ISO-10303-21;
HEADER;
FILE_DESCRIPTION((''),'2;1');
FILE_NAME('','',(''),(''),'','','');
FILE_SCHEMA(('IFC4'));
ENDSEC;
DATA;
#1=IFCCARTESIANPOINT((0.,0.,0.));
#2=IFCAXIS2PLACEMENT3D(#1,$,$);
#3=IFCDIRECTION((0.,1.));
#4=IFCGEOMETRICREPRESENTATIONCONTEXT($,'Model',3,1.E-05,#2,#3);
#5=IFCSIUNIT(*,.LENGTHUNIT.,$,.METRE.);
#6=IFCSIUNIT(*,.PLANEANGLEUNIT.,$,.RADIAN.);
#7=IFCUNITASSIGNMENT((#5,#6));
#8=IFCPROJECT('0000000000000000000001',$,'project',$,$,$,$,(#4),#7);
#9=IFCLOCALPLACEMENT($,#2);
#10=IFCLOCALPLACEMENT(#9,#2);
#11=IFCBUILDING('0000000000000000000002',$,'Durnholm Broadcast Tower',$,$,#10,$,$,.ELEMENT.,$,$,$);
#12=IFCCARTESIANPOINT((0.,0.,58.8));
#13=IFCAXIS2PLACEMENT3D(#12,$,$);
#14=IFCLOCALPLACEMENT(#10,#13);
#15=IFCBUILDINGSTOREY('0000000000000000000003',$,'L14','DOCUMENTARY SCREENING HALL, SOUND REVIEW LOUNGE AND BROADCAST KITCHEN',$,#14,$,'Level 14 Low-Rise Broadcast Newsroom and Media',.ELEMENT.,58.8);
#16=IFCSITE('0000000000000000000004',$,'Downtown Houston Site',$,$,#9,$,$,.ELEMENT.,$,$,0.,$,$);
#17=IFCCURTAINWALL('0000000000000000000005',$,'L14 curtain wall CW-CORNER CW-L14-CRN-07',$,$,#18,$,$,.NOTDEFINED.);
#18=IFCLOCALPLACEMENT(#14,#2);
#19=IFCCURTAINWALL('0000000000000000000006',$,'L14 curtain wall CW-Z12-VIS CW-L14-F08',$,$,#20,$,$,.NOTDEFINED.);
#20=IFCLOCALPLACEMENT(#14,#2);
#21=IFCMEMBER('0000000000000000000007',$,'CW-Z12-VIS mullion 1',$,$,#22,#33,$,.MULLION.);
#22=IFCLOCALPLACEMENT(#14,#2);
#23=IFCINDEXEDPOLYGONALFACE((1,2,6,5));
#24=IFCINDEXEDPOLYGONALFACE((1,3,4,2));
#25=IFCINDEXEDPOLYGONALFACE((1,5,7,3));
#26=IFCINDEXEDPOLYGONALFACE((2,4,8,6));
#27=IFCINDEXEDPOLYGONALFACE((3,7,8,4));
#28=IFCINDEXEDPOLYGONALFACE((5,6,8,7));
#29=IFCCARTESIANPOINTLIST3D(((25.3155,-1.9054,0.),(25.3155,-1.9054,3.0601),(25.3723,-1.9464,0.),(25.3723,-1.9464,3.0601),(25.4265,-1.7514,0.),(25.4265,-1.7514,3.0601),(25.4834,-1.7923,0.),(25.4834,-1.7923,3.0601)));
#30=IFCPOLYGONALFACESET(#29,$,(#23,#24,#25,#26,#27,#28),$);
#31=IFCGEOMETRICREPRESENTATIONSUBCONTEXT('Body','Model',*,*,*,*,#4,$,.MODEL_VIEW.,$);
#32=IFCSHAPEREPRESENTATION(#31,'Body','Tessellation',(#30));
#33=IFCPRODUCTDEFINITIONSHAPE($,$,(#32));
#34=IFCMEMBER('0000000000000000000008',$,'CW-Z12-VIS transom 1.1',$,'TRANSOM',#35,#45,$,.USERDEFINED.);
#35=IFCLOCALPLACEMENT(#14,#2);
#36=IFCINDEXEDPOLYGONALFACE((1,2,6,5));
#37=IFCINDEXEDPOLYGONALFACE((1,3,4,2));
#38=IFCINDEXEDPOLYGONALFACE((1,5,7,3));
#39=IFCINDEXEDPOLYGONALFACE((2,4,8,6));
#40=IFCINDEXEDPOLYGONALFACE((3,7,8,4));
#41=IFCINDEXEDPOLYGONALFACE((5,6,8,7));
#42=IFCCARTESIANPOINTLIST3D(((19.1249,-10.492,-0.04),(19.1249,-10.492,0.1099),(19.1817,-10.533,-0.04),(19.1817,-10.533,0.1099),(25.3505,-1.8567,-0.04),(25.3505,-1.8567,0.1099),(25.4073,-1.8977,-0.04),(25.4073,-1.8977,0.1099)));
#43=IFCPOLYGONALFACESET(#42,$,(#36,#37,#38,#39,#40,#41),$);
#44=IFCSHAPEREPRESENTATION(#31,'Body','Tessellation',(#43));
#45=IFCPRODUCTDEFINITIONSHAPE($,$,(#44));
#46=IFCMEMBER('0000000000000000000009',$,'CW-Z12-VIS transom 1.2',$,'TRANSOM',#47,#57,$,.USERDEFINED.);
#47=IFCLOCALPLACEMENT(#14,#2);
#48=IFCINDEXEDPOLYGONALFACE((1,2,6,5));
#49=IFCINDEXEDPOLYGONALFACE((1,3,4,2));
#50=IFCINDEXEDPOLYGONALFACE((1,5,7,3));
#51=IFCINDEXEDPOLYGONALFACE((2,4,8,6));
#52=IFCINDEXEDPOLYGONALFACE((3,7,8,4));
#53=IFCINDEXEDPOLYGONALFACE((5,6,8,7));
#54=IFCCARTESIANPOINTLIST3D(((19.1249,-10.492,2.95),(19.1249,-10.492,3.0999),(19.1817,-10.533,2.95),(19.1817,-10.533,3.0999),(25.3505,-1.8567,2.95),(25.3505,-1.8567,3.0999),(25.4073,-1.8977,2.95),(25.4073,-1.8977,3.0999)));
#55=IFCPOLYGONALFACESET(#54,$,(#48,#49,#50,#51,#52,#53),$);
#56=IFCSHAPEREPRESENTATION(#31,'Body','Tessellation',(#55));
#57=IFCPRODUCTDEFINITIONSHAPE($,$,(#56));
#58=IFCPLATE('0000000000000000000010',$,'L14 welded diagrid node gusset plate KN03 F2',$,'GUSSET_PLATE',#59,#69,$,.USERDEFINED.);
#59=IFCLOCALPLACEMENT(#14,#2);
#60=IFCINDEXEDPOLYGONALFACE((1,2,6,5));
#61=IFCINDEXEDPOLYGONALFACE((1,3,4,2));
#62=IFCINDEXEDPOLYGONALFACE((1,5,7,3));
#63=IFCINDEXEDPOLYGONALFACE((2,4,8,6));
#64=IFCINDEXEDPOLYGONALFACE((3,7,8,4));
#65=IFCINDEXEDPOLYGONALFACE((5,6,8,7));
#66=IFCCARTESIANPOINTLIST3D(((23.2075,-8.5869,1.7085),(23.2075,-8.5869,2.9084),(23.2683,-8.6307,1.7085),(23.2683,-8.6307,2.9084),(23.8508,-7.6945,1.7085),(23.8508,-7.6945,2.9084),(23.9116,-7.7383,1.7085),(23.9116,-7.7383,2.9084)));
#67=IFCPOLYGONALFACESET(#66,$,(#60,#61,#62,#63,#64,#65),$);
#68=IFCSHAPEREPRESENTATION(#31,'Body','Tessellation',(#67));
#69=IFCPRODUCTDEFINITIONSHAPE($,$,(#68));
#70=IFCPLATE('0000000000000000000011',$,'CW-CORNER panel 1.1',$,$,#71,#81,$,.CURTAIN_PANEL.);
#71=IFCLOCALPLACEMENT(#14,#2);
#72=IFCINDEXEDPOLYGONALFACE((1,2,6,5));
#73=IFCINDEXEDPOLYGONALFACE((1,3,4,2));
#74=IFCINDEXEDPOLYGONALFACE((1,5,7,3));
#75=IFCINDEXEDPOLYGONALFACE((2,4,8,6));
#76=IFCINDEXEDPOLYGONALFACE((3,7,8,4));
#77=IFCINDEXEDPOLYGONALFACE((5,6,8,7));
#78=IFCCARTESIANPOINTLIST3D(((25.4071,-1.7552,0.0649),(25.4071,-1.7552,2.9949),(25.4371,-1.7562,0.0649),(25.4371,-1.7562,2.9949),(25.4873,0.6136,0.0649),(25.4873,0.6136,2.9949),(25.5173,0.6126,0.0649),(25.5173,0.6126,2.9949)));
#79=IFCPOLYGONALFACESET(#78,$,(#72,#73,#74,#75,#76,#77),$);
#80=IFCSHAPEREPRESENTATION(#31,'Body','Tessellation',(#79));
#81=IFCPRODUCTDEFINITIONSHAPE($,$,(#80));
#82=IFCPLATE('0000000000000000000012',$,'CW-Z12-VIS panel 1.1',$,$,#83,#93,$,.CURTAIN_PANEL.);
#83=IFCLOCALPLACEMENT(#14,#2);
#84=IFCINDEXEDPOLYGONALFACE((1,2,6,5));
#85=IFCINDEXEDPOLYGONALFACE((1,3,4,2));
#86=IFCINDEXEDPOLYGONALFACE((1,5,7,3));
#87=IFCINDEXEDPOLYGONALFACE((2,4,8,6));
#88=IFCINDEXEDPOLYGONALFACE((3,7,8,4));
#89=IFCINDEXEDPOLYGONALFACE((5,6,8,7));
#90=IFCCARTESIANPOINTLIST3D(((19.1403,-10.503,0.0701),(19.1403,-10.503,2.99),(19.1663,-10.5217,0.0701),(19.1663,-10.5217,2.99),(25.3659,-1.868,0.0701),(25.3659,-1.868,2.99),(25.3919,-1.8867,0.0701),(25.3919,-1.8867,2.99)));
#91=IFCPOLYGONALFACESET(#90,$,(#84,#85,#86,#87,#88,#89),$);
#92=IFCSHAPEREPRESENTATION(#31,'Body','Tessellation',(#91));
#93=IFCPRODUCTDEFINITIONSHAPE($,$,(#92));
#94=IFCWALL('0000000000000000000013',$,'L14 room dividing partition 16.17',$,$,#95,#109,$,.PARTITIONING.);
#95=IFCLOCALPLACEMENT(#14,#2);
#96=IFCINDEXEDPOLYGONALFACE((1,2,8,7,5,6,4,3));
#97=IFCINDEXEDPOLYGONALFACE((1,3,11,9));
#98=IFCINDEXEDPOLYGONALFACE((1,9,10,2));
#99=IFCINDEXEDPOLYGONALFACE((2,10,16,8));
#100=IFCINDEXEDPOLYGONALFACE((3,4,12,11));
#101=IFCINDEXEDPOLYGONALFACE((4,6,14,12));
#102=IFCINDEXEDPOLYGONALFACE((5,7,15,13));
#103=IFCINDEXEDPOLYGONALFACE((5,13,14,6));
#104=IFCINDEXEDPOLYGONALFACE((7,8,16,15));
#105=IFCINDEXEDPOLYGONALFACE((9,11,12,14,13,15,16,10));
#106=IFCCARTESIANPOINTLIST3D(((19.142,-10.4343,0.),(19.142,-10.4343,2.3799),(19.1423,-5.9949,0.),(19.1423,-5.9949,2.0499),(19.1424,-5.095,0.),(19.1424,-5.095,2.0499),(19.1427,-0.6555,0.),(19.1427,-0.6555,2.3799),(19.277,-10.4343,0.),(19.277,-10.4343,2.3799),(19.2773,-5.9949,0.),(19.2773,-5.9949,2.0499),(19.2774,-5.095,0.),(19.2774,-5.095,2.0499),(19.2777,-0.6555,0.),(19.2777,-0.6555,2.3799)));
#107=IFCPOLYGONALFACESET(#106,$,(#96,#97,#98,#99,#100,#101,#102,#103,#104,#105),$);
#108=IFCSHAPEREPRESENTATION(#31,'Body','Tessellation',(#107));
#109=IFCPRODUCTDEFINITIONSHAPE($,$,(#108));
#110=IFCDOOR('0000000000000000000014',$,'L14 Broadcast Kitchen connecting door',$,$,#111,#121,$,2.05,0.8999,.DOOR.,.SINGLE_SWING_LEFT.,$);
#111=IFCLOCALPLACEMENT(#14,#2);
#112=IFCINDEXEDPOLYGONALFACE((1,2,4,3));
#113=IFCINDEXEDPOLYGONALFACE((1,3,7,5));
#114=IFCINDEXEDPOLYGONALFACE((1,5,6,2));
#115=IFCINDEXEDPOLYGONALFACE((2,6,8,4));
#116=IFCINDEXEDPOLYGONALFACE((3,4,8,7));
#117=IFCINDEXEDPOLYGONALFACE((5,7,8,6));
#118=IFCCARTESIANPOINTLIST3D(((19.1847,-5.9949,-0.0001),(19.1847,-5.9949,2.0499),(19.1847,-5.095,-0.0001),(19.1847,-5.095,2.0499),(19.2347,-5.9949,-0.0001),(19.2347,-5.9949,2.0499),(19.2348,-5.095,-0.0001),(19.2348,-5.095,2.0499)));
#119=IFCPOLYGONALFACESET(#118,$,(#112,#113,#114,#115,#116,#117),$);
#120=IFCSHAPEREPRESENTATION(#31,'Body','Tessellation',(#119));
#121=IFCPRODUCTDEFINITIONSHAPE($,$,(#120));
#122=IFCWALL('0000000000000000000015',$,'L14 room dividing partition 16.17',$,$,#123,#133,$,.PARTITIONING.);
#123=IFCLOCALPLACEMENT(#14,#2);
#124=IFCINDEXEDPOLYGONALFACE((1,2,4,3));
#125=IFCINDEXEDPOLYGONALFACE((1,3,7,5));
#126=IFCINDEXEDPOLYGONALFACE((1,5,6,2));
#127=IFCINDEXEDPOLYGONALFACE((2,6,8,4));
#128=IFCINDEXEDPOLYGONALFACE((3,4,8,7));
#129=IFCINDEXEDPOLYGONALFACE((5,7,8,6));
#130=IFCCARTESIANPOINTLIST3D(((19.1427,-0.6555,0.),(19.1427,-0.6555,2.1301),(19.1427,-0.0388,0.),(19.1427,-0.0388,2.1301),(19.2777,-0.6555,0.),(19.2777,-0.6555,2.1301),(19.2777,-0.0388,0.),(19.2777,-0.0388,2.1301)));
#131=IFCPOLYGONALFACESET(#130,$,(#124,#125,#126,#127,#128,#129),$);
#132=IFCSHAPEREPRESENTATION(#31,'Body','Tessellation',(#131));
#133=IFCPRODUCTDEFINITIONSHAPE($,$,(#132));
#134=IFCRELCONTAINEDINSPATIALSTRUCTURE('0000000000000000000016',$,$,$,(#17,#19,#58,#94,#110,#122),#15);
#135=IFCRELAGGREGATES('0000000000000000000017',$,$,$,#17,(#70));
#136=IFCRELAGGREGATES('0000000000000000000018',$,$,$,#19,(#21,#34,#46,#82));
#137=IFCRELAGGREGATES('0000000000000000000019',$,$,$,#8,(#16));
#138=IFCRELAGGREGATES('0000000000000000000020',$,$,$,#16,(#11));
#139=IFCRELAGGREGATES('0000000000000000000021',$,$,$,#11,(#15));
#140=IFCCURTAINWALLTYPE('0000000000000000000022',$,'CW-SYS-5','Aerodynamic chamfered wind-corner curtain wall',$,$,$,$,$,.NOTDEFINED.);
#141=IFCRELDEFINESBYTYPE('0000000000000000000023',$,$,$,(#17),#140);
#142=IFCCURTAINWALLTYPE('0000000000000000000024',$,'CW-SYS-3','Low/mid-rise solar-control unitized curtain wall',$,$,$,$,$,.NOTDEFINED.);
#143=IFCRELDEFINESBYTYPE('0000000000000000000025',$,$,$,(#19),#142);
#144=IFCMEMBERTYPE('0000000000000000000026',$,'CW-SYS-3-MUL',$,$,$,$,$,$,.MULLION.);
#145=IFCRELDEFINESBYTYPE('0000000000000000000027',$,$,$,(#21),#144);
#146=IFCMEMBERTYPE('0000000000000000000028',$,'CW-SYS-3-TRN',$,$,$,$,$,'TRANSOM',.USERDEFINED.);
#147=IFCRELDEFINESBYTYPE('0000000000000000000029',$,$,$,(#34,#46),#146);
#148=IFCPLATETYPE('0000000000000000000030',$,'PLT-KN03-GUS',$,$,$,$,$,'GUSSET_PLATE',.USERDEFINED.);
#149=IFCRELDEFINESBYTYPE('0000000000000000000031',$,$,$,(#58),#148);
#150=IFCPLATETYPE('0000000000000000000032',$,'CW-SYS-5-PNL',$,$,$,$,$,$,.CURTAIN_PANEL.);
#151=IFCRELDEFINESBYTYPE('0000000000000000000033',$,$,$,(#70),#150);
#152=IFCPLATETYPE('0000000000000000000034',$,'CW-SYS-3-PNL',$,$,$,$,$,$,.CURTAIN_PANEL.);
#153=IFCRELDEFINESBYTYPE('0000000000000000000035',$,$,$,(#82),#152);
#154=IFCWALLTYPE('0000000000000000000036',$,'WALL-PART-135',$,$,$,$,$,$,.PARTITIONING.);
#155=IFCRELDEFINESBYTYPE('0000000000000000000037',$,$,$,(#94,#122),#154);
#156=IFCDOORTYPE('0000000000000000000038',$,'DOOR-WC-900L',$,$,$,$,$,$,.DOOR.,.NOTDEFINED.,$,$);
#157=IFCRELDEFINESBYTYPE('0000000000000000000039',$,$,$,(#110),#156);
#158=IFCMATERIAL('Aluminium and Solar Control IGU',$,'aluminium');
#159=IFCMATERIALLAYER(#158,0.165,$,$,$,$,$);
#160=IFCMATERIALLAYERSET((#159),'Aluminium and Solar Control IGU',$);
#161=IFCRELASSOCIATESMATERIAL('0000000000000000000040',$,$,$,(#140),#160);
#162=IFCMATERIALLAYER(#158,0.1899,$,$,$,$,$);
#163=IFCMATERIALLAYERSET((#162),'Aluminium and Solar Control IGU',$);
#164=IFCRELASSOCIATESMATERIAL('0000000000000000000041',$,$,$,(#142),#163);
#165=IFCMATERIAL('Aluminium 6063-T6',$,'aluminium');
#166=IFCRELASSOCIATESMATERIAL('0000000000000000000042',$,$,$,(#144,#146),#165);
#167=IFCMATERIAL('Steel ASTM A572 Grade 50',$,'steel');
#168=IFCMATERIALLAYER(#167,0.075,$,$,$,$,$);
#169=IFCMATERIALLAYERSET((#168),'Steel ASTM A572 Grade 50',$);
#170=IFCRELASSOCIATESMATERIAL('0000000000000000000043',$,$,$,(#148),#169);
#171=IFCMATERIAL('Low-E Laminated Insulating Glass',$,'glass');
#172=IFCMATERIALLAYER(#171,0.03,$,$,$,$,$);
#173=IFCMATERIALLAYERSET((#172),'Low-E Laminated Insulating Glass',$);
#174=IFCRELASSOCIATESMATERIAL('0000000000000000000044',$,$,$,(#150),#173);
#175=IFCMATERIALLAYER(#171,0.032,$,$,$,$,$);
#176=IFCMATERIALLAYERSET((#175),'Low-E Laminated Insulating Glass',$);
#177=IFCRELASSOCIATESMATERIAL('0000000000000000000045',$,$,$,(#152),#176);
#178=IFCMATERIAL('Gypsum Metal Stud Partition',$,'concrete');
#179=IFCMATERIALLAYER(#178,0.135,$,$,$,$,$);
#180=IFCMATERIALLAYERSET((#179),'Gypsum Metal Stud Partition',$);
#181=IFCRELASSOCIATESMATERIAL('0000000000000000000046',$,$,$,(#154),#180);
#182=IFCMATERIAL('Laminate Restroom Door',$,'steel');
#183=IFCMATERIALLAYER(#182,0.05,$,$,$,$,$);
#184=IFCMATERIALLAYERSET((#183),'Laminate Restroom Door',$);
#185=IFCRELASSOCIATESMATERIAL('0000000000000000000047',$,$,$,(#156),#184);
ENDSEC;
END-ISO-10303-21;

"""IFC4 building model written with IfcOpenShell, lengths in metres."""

from ifc_helpers import new_model, si_unit, direction, frame, frame_2d, origin, origin_2d, place, context, subcontext, project, spatial, rectangle, extrude, source, transform, mapped, material, layer, layer_set, material_profile, profile_set, type_object, type_shapes, element, fill, aggregate, save


model = new_model("IFC4")

# Units and contexts
model_context = context("Model", 3, precision=1e-05, world=origin(), true_north=direction((0.0, 1.0)))
body_context = subcontext(model_context, "Body", "Model", "MODEL_VIEW")
ifc_project = project(units=[si_unit("LENGTHUNIT", "METRE"), si_unit("PLANEANGLEUNIT", "RADIAN")], contexts=[model_context])

# Site, building, storey
site_placement = place(None, origin())
site = spatial("IfcSite", under=ifc_project, at=site_placement, Name="Downtown Houston Site", CompositionType="ELEMENT", RefElevation=0.0)
building_placement = place(site_placement, origin())
building = spatial("IfcBuilding", under=site, at=building_placement, Name="Durnholm Broadcast Tower", CompositionType="ELEMENT")
storey_placement = place(building_placement, frame((0.0, 0.0, 58.8)))
storey = spatial("IfcBuildingStorey", under=building, at=storey_placement, Name="L14", Description="DOCUMENTARY SCREENING HALL, SOUND REVIEW LOUNGE AND BROADCAST KITCHEN", LongName="Level 14 Low-Rise Broadcast Newsroom and Media", CompositionType="ELEMENT", Elevation=58.8)

# Curtain wall
ifc_material_1 = material(Name="Aluminium and Solar Control IGU", Category="aluminium")
ifc_layer_1 = layer(ifc_material_1, 0.165)
ifc_layer_set_1 = layer_set([ifc_layer_1], Name="Aluminium and Solar Control IGU")
curtain_wall_type_1 = type_object("IfcCurtainWallType", Name="CW-SYS-5", Description="Aerodynamic chamfered wind-corner curtain wall", PredefinedType="NOTDEFINED", material=ifc_layer_set_1)
curtain_wall_1_placement = place(storey_placement, origin())
curtain_wall_1 = element("IfcCurtainWall", 1, at=curtain_wall_1_placement, inside=storey, type_object=curtain_wall_type_1, Name="L14 curtain wall CW-CORNER CW-L14-CRN-07", PredefinedType="NOTDEFINED")
ifc_material_2 = material(Name="Aluminium 6063-T6", Category="aluminium")

# Curtain wall, members
ifc_layer_2 = layer(ifc_material_1, 0.1899)
ifc_layer_set_2 = layer_set([ifc_layer_2], Name="Aluminium and Solar Control IGU")
curtain_wall_type_2 = type_object("IfcCurtainWallType", Name="CW-SYS-3", Description="Low/mid-rise solar-control unitized curtain wall", PredefinedType="NOTDEFINED", material=ifc_layer_set_2)
curtain_wall_2_placement = place(storey_placement, origin())
curtain_wall_2 = element("IfcCurtainWall", 2, at=curtain_wall_2_placement, inside=storey, type_object=curtain_wall_type_2, Name="L14 curtain wall CW-Z12-VIS CW-L14-F08", PredefinedType="NOTDEFINED")
ifc_material_profile_1 = material_profile(ifc_material_2, rectangle(XDim=0.0701, YDim=0.1899, at=origin_2d()), Name="CWM70X190")
ifc_profile_set_1 = profile_set([ifc_material_profile_1], Name="Aluminium 6063-T6")
member_type_1 = type_object("IfcMemberType", Name="CW-SYS-3-MUL", PredefinedType="MULLION", material=ifc_profile_set_1)
shared_shape_1 = source(origin(), body_context, "Body", "SweptSolid", [
    extrude(rectangle(XDim=0.0701, YDim=0.1899, at=origin_2d()), origin(), (0.0, 0.0, 1.0), 3.0601),
])
type_shapes(member_type_1, [shared_shape_1])
member_1_placement = place(storey_placement, frame((25.3994, -1.8489, 0.0), z_axis=(0.0, 0.0, 1.0), x_axis=(0.811161, -0.584823, 0.0)))
member_1 = element("IfcMember", 3, at=member_1_placement, type_object=member_type_1, Name="CW-Z12-VIS mullion 1", PredefinedType="MULLION", context=body_context, shape_type="MappedRepresentation", body=[
    mapped(shared_shape_1, transform((0.0, 0.0, 0.0), x_axis=(1.0, 0.0, 0.0), y_axis=(0.0, 1.0, 0.0), z_axis=(0.0, 0.0, 1.0), scale=1.0)),
])
ifc_material_profile_2 = material_profile(ifc_material_2, rectangle(XDim=0.0701, YDim=0.1499, at=origin_2d()), Name="CWT70X150")
ifc_profile_set_2 = profile_set([ifc_material_profile_2], Name="Aluminium 6063-T6")
member_type_2 = type_object("IfcMemberType", Name="CW-SYS-3-TRN", ElementType="TRANSOM", PredefinedType="USERDEFINED", material=ifc_profile_set_2)
shared_shape_2 = source(origin(), body_context, "Body", "SweptSolid", [
    extrude(rectangle(XDim=0.0701, YDim=0.1499, at=origin_2d()), origin(), (0.0, 0.0, 1.0), 10.6455),
])
type_shapes(member_type_2, [shared_shape_2])
member_2_placement = place(storey_placement, frame((25.3789, -1.8772, 0.0349), z_axis=(-0.584812, -0.811169, 0.0), x_axis=(0.811169, -0.584812, 0.0)))
member_2 = element("IfcMember", 4, at=member_2_placement, type_object=member_type_2, Name="CW-Z12-VIS transom 1.1", ObjectType="TRANSOM", PredefinedType="USERDEFINED", context=body_context, shape_type="MappedRepresentation", body=[
    mapped(shared_shape_2, transform((0.0, 0.0, 0.0), x_axis=(1.0, 0.0, 0.0), y_axis=(0.0, 1.0, 0.0), z_axis=(0.0, 0.0, 1.0), scale=1.0)),
])
member_3_placement = place(storey_placement, frame((25.3789, -1.8772, 3.0249), z_axis=(-0.584812, -0.811169, 0.0), x_axis=(0.811169, -0.584812, 0.0)))
member_3 = element("IfcMember", 5, at=member_3_placement, type_object=member_type_2, Name="CW-Z12-VIS transom 1.2", ObjectType="TRANSOM", PredefinedType="USERDEFINED", context=body_context, shape_type="MappedRepresentation", body=[
    mapped(shared_shape_2, transform((0.0, 0.0, 0.0), x_axis=(1.0, 0.0, 0.0), y_axis=(0.0, 1.0, 0.0), z_axis=(0.0, 0.0, 1.0), scale=1.0)),
])

# Plates
ifc_material_3 = material(Name="Steel ASTM A572 Grade 50", Category="steel")
ifc_layer_3 = layer(ifc_material_3, 0.075)
ifc_layer_set_3 = layer_set([ifc_layer_3], Name="Steel ASTM A572 Grade 50")
plate_type_1 = type_object("IfcPlateType", Name="PLT-KN03-GUS", ElementType="GUSSET_PLATE", PredefinedType="USERDEFINED", material=ifc_layer_set_3)
shared_shape_3 = source(origin(), body_context, "Body", "SweptSolid", [
    extrude(rectangle(XDim=1.1001, YDim=0.075, at=origin_2d()), origin(), (0.0, 0.0, 1.0), 1.2),
])
type_shapes(plate_type_1, [shared_shape_3])
plate_1_placement = place(storey_placement, frame((23.5596, -8.1626, 1.7085), z_axis=(0.0, 0.0, 1.0), x_axis=(0.584816, 0.811166, 0.0)))
element("IfcPlate", 6, at=plate_1_placement, inside=storey, type_object=plate_type_1, Name="L14 welded diagrid node gusset plate KN03 F2", ObjectType="GUSSET_PLATE", PredefinedType="USERDEFINED", context=body_context, shape_type="MappedRepresentation", body=[
    mapped(shared_shape_3, transform((0.0, 0.0, 0.0), x_axis=(1.0, 0.0, 0.0), y_axis=(0.0, 1.0, 0.0), z_axis=(0.0, 0.0, 1.0), scale=1.0)),
])
ifc_material_4 = material(Name="Low-E Laminated Insulating Glass", Category="glass")
ifc_layer_4 = layer(ifc_material_4, 0.03)
ifc_layer_set_4 = layer_set([ifc_layer_4], Name="Low-E Laminated Insulating Glass")
plate_type_2 = type_object("IfcPlateType", Name="CW-SYS-5-PNL", PredefinedType="CURTAIN_PANEL", material=ifc_layer_set_4)
shared_shape_4 = source(origin(), body_context, "Body", "SweptSolid", [
    extrude(rectangle(XDim=2.3701, YDim=0.03, at=origin_2d()), origin(), (0.0, 0.0, 1.0), 2.9299),
])
type_shapes(plate_type_2, [shared_shape_4])
plate_2_placement = place(storey_placement, frame((25.4622, -0.5713, 0.0649), z_axis=(0.0, 0.0, 1.0), x_axis=(-0.03384, -0.999427, 0.0)))
plate_2 = element("IfcPlate", 7, at=plate_2_placement, type_object=plate_type_2, Name="CW-CORNER panel 1.1", PredefinedType="CURTAIN_PANEL", context=body_context, shape_type="MappedRepresentation", body=[
    mapped(shared_shape_4, transform((0.0, 0.0, 0.0), x_axis=(1.0, 0.0, 0.0), y_axis=(0.0, 1.0, 0.0), z_axis=(0.0, 0.0, 1.0), scale=1.0)),
])
aggregate(curtain_wall_1, [plate_2])
ifc_layer_5 = layer(ifc_material_4, 0.032)
ifc_layer_set_5 = layer_set([ifc_layer_5], Name="Low-E Laminated Insulating Glass")
plate_type_3 = type_object("IfcPlateType", Name="CW-SYS-3-PNL", PredefinedType="CURTAIN_PANEL", material=ifc_layer_set_5)
shared_shape_5 = source(origin(), body_context, "Body", "SweptSolid", [
    extrude(rectangle(XDim=10.6453, YDim=0.032, at=origin_2d()), origin(), (0.0, 0.0, 1.0), 2.9199),
])
type_shapes(plate_type_3, [shared_shape_5])
plate_3_placement = place(storey_placement, frame((22.2661, -6.1948, 0.0701), z_axis=(0.0, 0.0, 1.0), x_axis=(-0.584823, -0.811161, 0.0)))
plate_3 = element("IfcPlate", 8, at=plate_3_placement, type_object=plate_type_3, Name="CW-Z12-VIS panel 1.1", PredefinedType="CURTAIN_PANEL", context=body_context, shape_type="MappedRepresentation", body=[
    mapped(shared_shape_5, transform((0.0, 0.0, 0.0), x_axis=(1.0, 0.0, 0.0), y_axis=(0.0, 1.0, 0.0), z_axis=(0.0, 0.0, 1.0), scale=1.0)),
])
aggregate(curtain_wall_2, [member_1, member_2, member_3, plate_3])

# Wall, opening, door
ifc_material_5 = material(Name="Gypsum Metal Stud Partition", Category="concrete")
ifc_layer_6 = layer(ifc_material_5, 0.135)
ifc_layer_set_6 = layer_set([ifc_layer_6], Name="Gypsum Metal Stud Partition")
wall_type_1 = type_object("IfcWallType", Name="WALL-PART-135", PredefinedType="PARTITIONING", material=ifc_layer_set_6)
wall_1_placement = place(storey_placement, frame((19.2102, -0.6555, 0.0), z_axis=(0.0, 0.0, 1.0), x_axis=(-0.000075, -1.0, 0.0)))
wall_1 = element("IfcWall", 9, at=wall_1_placement, inside=storey, type_object=wall_type_1, Name="L14 room dividing partition 16.17", PredefinedType="PARTITIONING", context=body_context, shape_type="SweptSolid", body=[
    extrude(rectangle(XDim=9.7788, YDim=0.135, at=frame_2d((4.8894, 0.0))), origin(), (0.0, 0.0, 1.0), 2.3799),
])
opening_1_placement = place(wall_1_placement, frame((4.4395, 0.0, 0.0)))
opening_1 = element("IfcOpeningElement", 10, at=opening_1_placement, cuts=wall_1, PredefinedType="OPENING", context=body_context, shape_type="SweptSolid", body=[
    extrude(rectangle(XDim=0.8999, YDim=2.05, at=frame_2d((0.45, 1.0249))), frame((0.0, 0.0776, 0.0), z_axis=(0.0, -1.0, 0.0), x_axis=(1.0, 0.0, 0.0)), (0.0, 0.0, 1.0), 0.155),
])
ifc_material_6 = material(Name="Laminate Restroom Door", Category="steel")
ifc_layer_7 = layer(ifc_material_6, 0.05)
ifc_layer_set_7 = layer_set([ifc_layer_7], Name="Laminate Restroom Door")
door_type_1 = type_object("IfcDoorType", Name="DOOR-WC-900L", OperationType="NOTDEFINED", PredefinedType="DOOR", material=ifc_layer_set_7)
shared_shape_6 = source(origin(), body_context, "Body", "SweptSolid", [
    extrude(rectangle(XDim=0.8999, YDim=2.05, at=frame_2d((0.45, 1.0249))), frame((0.0, 0.0249, 0.0), z_axis=(0.0, -1.0, 0.0), x_axis=(1.0, 0.0, 0.0)), (0.0, 0.0, 1.0), 0.05),
])
type_shapes(door_type_1, [shared_shape_6])
door_1_placement = place(opening_1_placement, origin())
door_1 = element("IfcDoor", 11, at=door_1_placement, inside=storey, type_object=door_type_1, Name="L14 Broadcast Kitchen connecting door", OperationType="SINGLE_SWING_LEFT", OverallHeight=2.05, OverallWidth=0.8999, PredefinedType="DOOR", context=body_context, shape_type="MappedRepresentation", body=[
    mapped(shared_shape_6, transform((0.0, 0.0, 0.0), x_axis=(1.0, 0.0, 0.0), y_axis=(0.0, 1.0, 0.0), z_axis=(0.0, 0.0, 1.0), scale=1.0)),
])
fill(opening_1, door_1)

# Wall
wall_2_placement = place(storey_placement, frame((19.2102, -0.0388, 0.0), z_axis=(0.0, 0.0, 1.0), x_axis=(0.0, -1.0, 0.0)))
element("IfcWall", 12, at=wall_2_placement, inside=storey, type_object=wall_type_1, Name="L14 room dividing partition 16.17", PredefinedType="PARTITIONING", context=body_context, shape_type="SweptSolid", body=[
    extrude(rectangle(XDim=0.6167, YDim=0.135, at=frame_2d((0.3083, 0.0))), origin(), (0.0, 0.0, 1.0), 2.1301),
])

save(model, "model.ifc")
